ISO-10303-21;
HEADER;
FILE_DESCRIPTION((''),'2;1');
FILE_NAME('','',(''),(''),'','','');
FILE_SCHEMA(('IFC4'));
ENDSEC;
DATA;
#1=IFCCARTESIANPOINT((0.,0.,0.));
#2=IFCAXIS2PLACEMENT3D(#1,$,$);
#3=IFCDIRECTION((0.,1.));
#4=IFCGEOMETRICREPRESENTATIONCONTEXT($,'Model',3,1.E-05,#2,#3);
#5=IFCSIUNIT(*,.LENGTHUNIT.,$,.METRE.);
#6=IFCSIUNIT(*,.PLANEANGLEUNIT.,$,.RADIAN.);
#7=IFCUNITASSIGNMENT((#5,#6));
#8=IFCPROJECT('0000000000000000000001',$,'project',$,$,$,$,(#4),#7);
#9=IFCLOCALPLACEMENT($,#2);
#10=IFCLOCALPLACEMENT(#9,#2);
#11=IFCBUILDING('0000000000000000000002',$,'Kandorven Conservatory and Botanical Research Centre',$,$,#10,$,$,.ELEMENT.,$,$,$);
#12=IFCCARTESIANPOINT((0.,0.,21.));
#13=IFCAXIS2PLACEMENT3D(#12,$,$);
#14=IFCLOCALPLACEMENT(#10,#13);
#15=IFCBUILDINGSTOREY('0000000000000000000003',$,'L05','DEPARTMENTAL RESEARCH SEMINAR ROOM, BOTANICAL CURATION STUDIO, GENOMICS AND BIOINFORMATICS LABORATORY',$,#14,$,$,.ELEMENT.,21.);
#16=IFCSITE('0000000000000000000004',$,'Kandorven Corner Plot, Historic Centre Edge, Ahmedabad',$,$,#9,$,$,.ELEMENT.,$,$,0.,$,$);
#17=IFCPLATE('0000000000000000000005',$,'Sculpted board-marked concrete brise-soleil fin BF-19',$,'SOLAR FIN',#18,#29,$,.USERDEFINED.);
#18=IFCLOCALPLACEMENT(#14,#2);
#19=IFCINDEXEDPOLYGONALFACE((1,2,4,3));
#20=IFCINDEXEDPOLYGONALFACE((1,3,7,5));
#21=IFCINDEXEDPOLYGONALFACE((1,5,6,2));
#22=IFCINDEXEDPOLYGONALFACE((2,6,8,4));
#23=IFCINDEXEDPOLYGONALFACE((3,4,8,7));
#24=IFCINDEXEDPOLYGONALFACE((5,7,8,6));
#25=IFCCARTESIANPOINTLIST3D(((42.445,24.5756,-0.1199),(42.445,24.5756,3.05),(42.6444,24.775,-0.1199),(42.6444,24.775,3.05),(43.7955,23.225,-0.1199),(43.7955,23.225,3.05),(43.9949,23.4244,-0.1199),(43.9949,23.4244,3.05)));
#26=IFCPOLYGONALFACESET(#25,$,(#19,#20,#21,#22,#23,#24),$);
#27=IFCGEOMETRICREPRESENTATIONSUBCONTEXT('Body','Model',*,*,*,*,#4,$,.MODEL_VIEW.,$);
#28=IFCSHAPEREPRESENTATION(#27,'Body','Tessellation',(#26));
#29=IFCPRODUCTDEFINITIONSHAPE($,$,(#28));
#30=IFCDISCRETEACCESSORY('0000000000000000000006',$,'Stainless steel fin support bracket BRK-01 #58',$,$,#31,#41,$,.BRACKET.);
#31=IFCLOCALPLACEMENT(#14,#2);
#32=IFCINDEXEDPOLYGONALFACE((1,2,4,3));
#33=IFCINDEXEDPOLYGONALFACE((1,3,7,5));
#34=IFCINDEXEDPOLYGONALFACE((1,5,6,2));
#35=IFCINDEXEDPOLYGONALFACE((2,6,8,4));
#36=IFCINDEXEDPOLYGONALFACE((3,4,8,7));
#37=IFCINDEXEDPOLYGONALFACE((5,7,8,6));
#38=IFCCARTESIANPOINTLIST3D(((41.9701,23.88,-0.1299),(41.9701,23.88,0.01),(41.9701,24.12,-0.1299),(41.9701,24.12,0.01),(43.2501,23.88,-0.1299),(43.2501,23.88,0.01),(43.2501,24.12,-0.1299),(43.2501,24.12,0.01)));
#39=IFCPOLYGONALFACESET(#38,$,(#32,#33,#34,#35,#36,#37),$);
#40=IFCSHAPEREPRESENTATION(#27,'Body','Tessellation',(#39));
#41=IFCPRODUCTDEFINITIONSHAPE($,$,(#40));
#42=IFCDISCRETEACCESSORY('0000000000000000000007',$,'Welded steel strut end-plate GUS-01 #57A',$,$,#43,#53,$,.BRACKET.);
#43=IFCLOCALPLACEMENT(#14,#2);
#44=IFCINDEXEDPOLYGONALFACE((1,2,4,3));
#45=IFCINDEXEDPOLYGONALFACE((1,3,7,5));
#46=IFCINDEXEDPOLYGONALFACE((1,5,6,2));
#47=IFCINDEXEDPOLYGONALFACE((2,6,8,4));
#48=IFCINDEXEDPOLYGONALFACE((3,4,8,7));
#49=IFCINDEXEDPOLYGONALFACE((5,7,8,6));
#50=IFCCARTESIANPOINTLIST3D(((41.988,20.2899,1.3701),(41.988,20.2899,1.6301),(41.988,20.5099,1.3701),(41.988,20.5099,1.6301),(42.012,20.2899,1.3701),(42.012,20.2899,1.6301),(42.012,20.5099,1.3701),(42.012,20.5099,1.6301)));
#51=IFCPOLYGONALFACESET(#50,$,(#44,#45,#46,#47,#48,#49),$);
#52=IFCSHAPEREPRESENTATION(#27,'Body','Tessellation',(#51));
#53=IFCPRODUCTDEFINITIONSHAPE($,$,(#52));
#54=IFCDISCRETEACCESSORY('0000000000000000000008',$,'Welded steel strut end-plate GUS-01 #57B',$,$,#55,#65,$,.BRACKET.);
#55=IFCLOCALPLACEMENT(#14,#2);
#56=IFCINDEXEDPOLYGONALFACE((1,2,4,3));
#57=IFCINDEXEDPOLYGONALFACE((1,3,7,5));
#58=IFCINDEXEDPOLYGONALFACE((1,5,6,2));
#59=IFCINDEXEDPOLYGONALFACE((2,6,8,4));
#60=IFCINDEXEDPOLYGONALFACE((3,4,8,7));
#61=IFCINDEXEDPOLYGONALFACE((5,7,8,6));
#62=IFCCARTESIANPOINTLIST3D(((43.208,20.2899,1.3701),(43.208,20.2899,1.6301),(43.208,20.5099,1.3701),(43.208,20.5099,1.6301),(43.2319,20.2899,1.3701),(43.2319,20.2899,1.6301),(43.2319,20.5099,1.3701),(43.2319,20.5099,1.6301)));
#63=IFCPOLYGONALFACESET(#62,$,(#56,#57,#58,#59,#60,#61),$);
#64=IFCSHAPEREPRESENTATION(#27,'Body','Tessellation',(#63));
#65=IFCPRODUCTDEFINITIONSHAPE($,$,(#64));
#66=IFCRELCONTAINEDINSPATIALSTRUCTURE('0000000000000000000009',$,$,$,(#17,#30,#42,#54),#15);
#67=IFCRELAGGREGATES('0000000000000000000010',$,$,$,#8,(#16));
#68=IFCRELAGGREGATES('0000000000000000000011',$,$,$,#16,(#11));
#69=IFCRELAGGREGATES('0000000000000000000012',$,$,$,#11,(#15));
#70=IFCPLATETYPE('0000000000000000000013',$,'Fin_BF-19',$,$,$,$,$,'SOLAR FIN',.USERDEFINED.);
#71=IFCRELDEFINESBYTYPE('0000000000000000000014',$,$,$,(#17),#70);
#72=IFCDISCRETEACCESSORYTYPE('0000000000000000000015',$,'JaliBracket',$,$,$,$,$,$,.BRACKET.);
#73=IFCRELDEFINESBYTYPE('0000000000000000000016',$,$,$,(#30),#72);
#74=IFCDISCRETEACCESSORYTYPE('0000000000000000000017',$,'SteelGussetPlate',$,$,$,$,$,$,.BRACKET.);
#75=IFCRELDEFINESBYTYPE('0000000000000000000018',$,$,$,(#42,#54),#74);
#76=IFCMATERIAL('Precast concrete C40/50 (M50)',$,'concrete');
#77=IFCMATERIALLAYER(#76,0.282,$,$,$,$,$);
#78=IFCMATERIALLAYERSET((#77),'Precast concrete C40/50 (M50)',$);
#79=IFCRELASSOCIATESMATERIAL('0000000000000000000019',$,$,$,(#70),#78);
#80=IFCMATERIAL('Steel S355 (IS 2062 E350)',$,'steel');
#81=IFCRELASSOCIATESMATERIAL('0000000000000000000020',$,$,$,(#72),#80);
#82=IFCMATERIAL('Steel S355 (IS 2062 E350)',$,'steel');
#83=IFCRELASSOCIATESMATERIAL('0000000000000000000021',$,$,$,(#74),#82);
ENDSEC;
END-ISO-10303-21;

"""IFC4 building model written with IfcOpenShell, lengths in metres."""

from ifc_helpers import new_model, si_unit, direction, frame, origin, origin_2d, place, context, subcontext, project, spatial, rectangle, extrude, material, layer, layer_set, type_object, element, save


model = new_model("IFC4")

# Units and contexts
model_context = context("Model", 3, precision=1e-05, world=origin(), true_north=direction((0.0, 1.0)))
body_context = subcontext(model_context, "Body", "Model", "MODEL_VIEW")
ifc_project = project(units=[si_unit("LENGTHUNIT", "METRE"), si_unit("PLANEANGLEUNIT", "RADIAN")], contexts=[model_context])

# Site, building, storey
site_placement = place(None, origin())
site = spatial("IfcSite", under=ifc_project, at=site_placement, Name="Kandorven Corner Plot, Historic Centre Edge, Ahmedabad", CompositionType="ELEMENT", RefElevation=0.0)
building_placement = place(site_placement, origin())
building = spatial("IfcBuilding", under=site, at=building_placement, Name="Kandorven Conservatory and Botanical Research Centre", CompositionType="ELEMENT")
storey_placement = place(building_placement, frame((0.0, 0.0, 21.0)))
storey = spatial("IfcBuildingStorey", under=building, at=storey_placement, Name="L05", Description="DEPARTMENTAL RESEARCH SEMINAR ROOM, BOTANICAL CURATION STUDIO, GENOMICS AND BIOINFORMATICS LABORATORY", CompositionType="ELEMENT", Elevation=21.0)

# Plate
ifc_material_1 = material(Name="Precast concrete C40/50 (M50)", Category="concrete")
ifc_layer_1 = layer(ifc_material_1, 0.282)
ifc_layer_set_1 = layer_set([ifc_layer_1], Name="Precast concrete C40/50 (M50)")
plate_type_1 = type_object("IfcPlateType", Name="Fin_BF-19", ElementType="SOLAR FIN", PredefinedType="USERDEFINED", material=ifc_layer_set_1)
plate_1_placement = place(storey_placement, frame((43.22, 24.0, -0.1199), z_axis=(0.0, 0.0, 1.0), x_axis=(-0.707107, 0.707107, 0.0)))
element("IfcPlate", 1, at=plate_1_placement, inside=storey, type_object=plate_type_1, Name="Sculpted board-marked concrete brise-soleil fin BF-19", ObjectType="SOLAR FIN", PredefinedType="USERDEFINED", context=body_context, shape_type="SweptSolid", body=[
    extrude(rectangle(XDim=1.9099, YDim=0.282, at=origin_2d()), origin(), (0.0, 0.0, 1.0), 3.1699),
])

# Discrete accessories
ifc_material_2 = material(Name="Steel S355 (IS 2062 E350)", Category="steel")
discrete_accessory_type_1 = type_object("IfcDiscreteAccessoryType", Name="JaliBracket", PredefinedType="BRACKET", material=ifc_material_2)
discrete_accessory_placement = place(storey_placement, frame((42.6101, 24.0, -0.1299), z_axis=(0.0, 0.0, 1.0), x_axis=(1.0, 0.0, 0.0)))
element("IfcDiscreteAccessory", 2, at=discrete_accessory_placement, inside=storey, type_object=discrete_accessory_type_1, Name="Stainless steel fin support bracket BRK-01 #58", PredefinedType="BRACKET", context=body_context, shape_type="SweptSolid", body=[
    extrude(rectangle(XDim=1.28, YDim=0.24, at=origin_2d()), origin(), (0.0, 0.0, 1.0), 0.1399),
])
ifc_material_3 = material(Name="Steel S355 (IS 2062 E350)", Category="steel")
discrete_accessory_type_2 = type_object("IfcDiscreteAccessoryType", Name="SteelGussetPlate", PredefinedType="BRACKET", material=ifc_material_3)
for number, where, z_axis, x_axis, name in (
    (3, (42.0, 20.3999, 1.3701), (0.0, 0.0, 1.0), (1.0, 0.0, 0.0), "Welded steel strut end-plate GUS-01 #57A"),
    (4, (43.22, 20.3999, 1.3701), (0.0, 0.0, 1.0), (1.0, 0.0, 0.0), "Welded steel strut end-plate GUS-01 #57B"),
):
    element("IfcDiscreteAccessory", number, at=place(storey_placement, frame(where, z_axis=z_axis, x_axis=x_axis)), inside=storey, type_object=discrete_accessory_type_2, Name=name, PredefinedType="BRACKET", context=body_context, shape_type="SweptSolid", body=[
        extrude(rectangle(XDim=0.0239, YDim=0.22, at=origin_2d()), origin(), (0.0, 0.0, 1.0), 0.26),
    ])

save(model, "model.ifc")
